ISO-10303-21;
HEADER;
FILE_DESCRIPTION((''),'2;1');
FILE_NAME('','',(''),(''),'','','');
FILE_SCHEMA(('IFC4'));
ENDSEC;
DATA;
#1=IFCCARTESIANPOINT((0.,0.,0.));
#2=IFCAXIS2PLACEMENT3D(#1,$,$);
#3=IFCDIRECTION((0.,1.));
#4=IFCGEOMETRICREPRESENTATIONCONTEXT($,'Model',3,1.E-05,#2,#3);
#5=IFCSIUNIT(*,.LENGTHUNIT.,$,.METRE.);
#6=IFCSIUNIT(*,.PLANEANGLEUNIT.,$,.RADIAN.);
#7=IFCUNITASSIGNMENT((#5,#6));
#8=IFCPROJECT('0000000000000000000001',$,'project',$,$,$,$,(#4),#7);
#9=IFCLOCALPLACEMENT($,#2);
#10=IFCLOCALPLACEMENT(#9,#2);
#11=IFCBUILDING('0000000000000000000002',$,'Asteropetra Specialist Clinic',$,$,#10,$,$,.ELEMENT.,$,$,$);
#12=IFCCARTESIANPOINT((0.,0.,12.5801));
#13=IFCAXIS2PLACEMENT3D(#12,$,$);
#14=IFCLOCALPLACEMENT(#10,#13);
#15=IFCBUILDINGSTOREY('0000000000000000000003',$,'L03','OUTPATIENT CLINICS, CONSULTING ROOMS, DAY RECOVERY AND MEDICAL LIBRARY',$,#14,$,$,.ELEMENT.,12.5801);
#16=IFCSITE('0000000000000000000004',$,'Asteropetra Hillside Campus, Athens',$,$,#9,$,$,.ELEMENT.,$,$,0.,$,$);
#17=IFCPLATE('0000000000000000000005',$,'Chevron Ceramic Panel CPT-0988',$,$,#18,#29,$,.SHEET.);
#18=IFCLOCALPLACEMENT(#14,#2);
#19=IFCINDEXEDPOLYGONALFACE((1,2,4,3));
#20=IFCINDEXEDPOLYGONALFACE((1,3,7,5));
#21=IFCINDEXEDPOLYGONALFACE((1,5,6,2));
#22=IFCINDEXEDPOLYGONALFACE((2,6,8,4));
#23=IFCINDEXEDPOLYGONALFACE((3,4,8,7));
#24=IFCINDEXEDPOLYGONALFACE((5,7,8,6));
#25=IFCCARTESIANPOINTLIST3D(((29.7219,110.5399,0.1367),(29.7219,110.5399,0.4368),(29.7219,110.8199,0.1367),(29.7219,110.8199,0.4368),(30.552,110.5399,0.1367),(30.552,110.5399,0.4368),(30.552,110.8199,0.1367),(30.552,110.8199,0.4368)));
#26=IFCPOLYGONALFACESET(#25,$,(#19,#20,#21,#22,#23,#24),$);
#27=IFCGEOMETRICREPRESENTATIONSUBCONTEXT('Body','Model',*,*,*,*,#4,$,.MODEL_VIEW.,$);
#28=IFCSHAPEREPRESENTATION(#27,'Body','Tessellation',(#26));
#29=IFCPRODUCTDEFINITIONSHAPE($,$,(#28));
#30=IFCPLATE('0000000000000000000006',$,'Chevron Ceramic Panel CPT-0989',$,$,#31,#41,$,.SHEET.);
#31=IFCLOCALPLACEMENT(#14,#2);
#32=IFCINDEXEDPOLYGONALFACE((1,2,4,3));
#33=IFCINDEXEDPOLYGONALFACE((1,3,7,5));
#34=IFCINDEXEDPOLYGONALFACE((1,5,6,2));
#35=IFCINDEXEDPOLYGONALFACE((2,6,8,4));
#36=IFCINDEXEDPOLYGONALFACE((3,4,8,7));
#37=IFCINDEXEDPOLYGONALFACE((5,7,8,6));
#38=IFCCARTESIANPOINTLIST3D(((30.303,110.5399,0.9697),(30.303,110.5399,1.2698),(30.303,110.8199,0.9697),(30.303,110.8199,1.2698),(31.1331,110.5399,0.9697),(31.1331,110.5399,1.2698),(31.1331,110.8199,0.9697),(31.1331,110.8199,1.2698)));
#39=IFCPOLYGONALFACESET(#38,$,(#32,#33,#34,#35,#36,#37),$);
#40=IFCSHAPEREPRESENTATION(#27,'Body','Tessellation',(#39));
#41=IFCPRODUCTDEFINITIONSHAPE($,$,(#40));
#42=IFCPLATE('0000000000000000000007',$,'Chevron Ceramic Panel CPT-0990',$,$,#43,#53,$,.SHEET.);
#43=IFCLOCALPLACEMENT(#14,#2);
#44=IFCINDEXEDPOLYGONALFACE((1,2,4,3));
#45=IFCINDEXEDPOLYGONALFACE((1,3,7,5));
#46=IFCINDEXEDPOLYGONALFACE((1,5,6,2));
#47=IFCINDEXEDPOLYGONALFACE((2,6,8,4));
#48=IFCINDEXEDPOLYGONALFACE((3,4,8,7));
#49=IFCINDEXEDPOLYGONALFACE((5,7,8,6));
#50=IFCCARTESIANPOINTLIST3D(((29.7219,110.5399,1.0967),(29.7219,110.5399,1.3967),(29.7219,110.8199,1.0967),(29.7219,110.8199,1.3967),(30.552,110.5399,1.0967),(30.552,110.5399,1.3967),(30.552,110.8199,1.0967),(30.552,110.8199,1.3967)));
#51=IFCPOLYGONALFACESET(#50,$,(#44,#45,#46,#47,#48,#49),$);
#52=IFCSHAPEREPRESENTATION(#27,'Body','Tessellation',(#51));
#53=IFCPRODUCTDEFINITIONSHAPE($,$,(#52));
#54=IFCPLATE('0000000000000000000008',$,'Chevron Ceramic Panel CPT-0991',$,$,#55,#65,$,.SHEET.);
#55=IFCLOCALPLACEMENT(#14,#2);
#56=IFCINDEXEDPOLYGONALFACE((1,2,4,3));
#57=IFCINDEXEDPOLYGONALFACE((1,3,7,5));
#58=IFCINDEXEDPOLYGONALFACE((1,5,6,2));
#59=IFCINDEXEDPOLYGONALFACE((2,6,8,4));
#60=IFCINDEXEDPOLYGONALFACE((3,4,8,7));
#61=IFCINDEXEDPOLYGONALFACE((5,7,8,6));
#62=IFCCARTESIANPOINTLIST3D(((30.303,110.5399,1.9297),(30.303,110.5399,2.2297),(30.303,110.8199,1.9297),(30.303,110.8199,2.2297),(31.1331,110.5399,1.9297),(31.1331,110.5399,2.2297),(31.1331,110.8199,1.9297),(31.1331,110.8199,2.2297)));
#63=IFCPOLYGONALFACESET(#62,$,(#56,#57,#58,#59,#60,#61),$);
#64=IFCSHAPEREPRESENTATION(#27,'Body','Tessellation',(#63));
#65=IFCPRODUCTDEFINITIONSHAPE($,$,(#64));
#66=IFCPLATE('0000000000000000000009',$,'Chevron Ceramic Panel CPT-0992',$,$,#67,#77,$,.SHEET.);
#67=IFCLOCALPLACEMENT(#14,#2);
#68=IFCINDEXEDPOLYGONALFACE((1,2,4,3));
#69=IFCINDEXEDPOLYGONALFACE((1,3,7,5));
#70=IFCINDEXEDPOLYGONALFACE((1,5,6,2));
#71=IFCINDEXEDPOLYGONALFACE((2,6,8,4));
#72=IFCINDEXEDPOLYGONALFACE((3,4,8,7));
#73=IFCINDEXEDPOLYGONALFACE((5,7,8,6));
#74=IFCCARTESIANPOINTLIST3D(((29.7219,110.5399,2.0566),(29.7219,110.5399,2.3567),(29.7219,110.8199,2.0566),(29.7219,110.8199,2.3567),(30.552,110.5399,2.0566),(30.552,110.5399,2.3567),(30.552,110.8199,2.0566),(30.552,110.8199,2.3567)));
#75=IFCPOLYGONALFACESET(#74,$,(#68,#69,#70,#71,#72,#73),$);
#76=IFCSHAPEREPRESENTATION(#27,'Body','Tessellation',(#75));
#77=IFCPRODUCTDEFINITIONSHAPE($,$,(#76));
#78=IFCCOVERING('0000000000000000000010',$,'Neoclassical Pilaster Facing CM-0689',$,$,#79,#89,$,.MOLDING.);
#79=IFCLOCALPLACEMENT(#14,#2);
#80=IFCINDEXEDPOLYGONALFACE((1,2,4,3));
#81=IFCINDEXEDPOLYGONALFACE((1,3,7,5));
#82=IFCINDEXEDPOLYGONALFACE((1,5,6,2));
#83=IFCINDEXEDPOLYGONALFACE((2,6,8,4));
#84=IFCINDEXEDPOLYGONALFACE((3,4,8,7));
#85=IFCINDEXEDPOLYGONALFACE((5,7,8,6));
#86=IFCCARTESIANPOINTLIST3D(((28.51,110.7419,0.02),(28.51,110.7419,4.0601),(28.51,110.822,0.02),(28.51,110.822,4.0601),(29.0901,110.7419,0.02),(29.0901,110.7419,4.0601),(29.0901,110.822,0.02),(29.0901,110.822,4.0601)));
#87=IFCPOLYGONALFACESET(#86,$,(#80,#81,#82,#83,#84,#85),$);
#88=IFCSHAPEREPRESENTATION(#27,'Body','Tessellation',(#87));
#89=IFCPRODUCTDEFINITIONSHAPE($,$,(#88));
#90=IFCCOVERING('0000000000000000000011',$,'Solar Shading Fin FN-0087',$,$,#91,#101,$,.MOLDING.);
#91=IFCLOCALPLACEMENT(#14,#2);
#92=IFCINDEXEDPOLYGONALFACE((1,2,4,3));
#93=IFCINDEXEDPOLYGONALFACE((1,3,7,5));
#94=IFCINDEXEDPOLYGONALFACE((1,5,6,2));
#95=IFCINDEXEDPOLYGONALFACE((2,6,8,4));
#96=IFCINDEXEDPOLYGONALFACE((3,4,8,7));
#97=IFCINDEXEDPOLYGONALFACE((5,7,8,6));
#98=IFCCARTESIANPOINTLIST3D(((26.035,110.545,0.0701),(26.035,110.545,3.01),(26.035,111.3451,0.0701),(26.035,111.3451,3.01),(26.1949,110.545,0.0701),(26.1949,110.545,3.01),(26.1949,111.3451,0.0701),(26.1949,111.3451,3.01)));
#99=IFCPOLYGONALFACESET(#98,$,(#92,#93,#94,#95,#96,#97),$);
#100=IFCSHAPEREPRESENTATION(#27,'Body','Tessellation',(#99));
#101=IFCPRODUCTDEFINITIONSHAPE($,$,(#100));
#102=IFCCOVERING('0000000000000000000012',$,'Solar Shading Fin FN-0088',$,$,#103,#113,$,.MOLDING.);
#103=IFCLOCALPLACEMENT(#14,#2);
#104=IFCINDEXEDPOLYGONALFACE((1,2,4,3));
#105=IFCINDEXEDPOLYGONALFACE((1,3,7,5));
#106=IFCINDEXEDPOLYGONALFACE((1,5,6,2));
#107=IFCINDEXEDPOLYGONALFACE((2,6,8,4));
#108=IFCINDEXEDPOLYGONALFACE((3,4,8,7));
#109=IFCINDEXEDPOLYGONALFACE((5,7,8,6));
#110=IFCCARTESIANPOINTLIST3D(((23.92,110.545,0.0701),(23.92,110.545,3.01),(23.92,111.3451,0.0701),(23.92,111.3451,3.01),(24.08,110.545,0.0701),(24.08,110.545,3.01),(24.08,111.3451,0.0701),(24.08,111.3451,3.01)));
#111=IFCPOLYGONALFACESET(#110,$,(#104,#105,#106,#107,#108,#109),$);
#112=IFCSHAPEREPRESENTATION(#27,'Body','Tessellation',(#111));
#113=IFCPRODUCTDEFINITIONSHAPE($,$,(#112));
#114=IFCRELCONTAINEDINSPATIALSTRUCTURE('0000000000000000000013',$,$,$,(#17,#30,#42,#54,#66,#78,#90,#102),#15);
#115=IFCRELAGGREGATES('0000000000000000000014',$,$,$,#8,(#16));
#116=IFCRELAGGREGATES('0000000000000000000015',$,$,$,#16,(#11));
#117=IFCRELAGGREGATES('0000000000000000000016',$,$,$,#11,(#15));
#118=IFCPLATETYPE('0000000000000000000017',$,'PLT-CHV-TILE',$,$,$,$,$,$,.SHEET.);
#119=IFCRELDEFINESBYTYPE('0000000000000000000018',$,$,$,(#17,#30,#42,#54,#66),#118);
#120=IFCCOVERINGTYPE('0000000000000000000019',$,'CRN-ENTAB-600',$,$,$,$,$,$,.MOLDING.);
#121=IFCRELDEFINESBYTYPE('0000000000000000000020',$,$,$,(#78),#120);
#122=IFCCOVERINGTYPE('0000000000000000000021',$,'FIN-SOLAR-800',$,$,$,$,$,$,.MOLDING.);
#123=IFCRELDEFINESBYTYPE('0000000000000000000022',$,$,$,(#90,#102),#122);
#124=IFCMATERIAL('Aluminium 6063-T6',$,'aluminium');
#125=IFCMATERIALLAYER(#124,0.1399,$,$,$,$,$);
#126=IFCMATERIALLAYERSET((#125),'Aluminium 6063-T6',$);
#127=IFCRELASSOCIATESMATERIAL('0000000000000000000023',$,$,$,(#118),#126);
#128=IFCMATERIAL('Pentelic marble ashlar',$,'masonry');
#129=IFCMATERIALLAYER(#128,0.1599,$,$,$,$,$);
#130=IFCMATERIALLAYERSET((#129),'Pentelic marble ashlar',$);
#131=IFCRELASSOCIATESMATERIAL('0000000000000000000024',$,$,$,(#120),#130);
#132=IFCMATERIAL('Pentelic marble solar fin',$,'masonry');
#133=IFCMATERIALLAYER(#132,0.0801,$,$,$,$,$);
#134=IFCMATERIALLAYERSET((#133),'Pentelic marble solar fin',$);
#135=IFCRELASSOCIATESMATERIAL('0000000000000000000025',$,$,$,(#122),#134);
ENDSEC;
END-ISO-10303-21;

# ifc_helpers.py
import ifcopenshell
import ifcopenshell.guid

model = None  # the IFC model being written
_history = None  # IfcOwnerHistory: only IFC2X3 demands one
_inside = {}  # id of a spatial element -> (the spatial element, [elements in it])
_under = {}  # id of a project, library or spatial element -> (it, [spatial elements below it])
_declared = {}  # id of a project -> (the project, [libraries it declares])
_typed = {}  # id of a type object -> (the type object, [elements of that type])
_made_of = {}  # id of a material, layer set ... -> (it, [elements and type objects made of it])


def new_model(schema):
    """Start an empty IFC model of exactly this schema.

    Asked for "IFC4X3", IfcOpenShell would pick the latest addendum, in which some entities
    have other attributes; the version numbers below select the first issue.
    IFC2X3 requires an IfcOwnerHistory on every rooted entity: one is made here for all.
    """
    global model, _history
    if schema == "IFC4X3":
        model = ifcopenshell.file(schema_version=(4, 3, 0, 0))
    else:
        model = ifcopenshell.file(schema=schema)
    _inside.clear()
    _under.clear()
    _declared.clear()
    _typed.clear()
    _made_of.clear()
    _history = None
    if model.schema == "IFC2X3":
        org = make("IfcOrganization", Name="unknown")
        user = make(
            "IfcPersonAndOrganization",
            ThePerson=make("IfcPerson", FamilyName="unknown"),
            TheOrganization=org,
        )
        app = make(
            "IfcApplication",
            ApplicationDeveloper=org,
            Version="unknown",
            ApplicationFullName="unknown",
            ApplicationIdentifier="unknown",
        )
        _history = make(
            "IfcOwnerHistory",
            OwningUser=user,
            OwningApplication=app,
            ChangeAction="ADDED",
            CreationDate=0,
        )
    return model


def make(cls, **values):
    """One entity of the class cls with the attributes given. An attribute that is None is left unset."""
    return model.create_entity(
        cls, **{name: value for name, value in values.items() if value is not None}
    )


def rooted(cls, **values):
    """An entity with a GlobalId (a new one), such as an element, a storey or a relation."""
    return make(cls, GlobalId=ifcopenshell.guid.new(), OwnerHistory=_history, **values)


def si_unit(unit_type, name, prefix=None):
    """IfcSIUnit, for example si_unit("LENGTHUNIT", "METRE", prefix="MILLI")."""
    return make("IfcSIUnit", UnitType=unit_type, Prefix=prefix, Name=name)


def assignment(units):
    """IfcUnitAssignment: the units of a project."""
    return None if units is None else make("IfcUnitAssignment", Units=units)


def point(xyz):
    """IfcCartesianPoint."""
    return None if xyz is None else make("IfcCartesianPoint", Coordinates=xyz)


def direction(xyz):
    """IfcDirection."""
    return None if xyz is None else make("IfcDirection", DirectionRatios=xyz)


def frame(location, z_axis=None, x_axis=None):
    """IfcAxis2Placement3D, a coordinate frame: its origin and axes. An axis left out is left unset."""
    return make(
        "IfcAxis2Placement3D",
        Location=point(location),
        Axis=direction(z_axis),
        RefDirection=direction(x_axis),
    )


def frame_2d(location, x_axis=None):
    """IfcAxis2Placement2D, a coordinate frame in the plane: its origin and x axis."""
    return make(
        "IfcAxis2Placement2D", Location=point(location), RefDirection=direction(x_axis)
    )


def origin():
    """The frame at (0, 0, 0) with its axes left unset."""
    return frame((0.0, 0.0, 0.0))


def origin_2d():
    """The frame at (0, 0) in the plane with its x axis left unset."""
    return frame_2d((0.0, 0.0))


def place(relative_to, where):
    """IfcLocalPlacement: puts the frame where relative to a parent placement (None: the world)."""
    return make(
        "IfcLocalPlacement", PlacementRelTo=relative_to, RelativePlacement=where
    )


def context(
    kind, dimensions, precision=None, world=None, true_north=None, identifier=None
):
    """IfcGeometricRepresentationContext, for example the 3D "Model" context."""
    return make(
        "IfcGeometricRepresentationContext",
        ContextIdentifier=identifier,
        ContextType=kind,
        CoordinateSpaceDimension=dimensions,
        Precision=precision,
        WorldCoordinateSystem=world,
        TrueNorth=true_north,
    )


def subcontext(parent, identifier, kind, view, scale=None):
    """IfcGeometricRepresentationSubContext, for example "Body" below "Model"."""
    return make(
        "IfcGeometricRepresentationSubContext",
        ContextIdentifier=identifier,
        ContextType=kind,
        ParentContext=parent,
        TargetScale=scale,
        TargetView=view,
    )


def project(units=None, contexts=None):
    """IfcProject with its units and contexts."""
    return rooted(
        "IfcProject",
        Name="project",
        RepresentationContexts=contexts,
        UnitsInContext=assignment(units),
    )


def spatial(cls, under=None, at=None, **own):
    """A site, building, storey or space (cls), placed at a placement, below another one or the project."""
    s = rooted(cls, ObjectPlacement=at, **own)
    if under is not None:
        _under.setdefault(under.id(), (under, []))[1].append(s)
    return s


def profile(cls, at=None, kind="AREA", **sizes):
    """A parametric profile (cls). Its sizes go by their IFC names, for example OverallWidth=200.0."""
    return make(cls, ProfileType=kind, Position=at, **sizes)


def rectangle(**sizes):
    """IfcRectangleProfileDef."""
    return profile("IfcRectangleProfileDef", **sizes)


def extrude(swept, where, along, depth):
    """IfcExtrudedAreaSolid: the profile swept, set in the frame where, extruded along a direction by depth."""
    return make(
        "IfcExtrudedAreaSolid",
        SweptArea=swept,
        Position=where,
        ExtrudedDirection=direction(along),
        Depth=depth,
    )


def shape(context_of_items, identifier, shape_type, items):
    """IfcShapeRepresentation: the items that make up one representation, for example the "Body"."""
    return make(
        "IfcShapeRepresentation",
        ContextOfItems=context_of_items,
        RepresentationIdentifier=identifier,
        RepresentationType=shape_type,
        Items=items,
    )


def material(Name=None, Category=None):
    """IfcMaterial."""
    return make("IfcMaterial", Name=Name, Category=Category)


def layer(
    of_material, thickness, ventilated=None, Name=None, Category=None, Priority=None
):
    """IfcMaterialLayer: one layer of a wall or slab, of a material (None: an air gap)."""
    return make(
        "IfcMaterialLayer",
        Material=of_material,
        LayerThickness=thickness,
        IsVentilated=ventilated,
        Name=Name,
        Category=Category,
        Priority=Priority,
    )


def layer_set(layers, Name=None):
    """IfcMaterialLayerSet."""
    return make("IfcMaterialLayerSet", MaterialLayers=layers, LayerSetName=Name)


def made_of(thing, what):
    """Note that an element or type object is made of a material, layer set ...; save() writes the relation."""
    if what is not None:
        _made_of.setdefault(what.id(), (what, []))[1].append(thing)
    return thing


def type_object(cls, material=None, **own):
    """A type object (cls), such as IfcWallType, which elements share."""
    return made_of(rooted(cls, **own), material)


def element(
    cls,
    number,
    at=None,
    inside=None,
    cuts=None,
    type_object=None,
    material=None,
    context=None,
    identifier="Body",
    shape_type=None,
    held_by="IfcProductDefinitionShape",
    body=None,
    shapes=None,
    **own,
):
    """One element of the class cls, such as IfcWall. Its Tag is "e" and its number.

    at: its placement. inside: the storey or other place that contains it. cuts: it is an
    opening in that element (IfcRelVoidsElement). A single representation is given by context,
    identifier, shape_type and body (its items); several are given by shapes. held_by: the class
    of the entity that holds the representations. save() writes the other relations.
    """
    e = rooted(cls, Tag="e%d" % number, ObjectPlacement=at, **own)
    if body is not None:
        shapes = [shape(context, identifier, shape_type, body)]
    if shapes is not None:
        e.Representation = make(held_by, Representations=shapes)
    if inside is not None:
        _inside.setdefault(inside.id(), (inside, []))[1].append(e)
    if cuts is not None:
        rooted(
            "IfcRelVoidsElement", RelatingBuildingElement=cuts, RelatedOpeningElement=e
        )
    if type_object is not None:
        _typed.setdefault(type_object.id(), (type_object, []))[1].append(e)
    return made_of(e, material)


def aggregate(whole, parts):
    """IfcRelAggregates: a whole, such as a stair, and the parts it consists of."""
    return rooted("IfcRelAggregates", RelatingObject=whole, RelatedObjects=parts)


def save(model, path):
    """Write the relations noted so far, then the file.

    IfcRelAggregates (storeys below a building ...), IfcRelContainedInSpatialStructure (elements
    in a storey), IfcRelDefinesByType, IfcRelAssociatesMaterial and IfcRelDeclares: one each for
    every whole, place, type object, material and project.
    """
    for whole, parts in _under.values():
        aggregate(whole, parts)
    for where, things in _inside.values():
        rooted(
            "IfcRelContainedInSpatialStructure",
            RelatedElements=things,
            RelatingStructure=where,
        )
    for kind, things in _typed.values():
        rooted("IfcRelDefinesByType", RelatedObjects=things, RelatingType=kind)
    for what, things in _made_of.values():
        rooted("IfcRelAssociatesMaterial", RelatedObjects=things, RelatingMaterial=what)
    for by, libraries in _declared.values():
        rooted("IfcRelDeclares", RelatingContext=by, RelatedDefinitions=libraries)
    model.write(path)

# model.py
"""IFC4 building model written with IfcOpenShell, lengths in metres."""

from ifc_helpers import new_model, si_unit, direction, frame, origin, origin_2d, place, context, subcontext, project, spatial, rectangle, extrude, material, layer, layer_set, type_object, element, save


model = new_model("IFC4")

# Units and contexts
model_context = context("Model", 3, precision=1e-05, world=origin(), true_north=direction((0.0, 1.0)))
body_context = subcontext(model_context, "Body", "Model", "MODEL_VIEW")
ifc_project = project(units=[si_unit("LENGTHUNIT", "METRE"), si_unit("PLANEANGLEUNIT", "RADIAN")], contexts=[model_context])

# Site, building, storey
site_placement = place(None, origin())
site = spatial("IfcSite", under=ifc_project, at=site_placement, Name="Asteropetra Hillside Campus, Athens", CompositionType="ELEMENT", RefElevation=0.0)
building_placement = place(site_placement, origin())
building = spatial("IfcBuilding", under=site, at=building_placement, Name="Asteropetra Specialist Clinic", CompositionType="ELEMENT")
storey_placement = place(building_placement, frame((0.0, 0.0, 12.5801)))
storey = spatial("IfcBuildingStorey", under=building, at=storey_placement, Name="L03", Description="OUTPATIENT CLINICS, CONSULTING ROOMS, DAY RECOVERY AND MEDICAL LIBRARY", CompositionType="ELEMENT", Elevation=12.5801)

# Plates
ifc_material_1 = material(Name="Aluminium 6063-T6", Category="aluminium")
ifc_layer_1 = layer(ifc_material_1, 0.1399)
ifc_layer_set_1 = layer_set([ifc_layer_1], Name="Aluminium 6063-T6")
plate_type_1 = type_object("IfcPlateType", Name="PLT-CHV-TILE", PredefinedType="SHEET", material=ifc_layer_set_1)
for number, where, z_axis, x_axis, name in (
    (1, (30.137, 110.6799, 0.1367), (0.0, 0.0, 1.0), (1.0, 0.0, 0.0), "Chevron Ceramic Panel CPT-0988"),
    (2, (30.718, 110.6799, 0.9697), (0.0, 0.0, 1.0), (1.0, 0.0, 0.0), "Chevron Ceramic Panel CPT-0989"),
    (3, (30.137, 110.6799, 1.0967), (0.0, 0.0, 1.0), (1.0, 0.0, 0.0), "Chevron Ceramic Panel CPT-0990"),
    (4, (30.718, 110.6799, 1.9297), (0.0, 0.0, 1.0), (1.0, 0.0, 0.0), "Chevron Ceramic Panel CPT-0991"),
    (5, (30.137, 110.6799, 2.0566), (0.0, 0.0, 1.0), (1.0, 0.0, 0.0), "Chevron Ceramic Panel CPT-0992"),
):
    element("IfcPlate", number, at=place(storey_placement, frame(where, z_axis=z_axis, x_axis=x_axis)), inside=storey, type_object=plate_type_1, Name=name, PredefinedType="SHEET", context=body_context, shape_type="SweptSolid", body=[
        extrude(rectangle(XDim=0.8301, YDim=0.28, at=origin_2d()), origin(), (0.0, 0.0, 1.0), 0.3),
    ])

# Coverings
ifc_material_2 = material(Name="Pentelic marble ashlar", Category="masonry")
ifc_layer_2 = layer(ifc_material_2, 0.1599)
ifc_layer_set_2 = layer_set([ifc_layer_2], Name="Pentelic marble ashlar")
covering_type_1 = type_object("IfcCoveringType", Name="CRN-ENTAB-600", PredefinedType="MOLDING", material=ifc_layer_set_2)
covering_placement = place(storey_placement, frame((28.8, 110.782, 0.02), z_axis=(0.0, 0.0, 1.0), x_axis=(1.0, 0.0, 0.0)))
element("IfcCovering", 6, at=covering_placement, inside=storey, type_object=covering_type_1, Name="Neoclassical Pilaster Facing CM-0689", PredefinedType="MOLDING", context=body_context, shape_type="SweptSolid", body=[
    extrude(rectangle(XDim=0.5801, YDim=0.0801, at=origin_2d()), origin(), (0.0, 0.0, 1.0), 4.04),
])
ifc_material_3 = material(Name="Pentelic marble solar fin", Category="masonry")
ifc_layer_3 = layer(ifc_material_3, 0.0801)
ifc_layer_set_3 = layer_set([ifc_layer_3], Name="Pentelic marble solar fin")
covering_type_2 = type_object("IfcCoveringType", Name="FIN-SOLAR-800", PredefinedType="MOLDING", material=ifc_layer_set_3)
for number, where, z_axis, x_axis, name in (
    (7, (26.115, 110.9451, 0.0701), (0.0, 0.0, 1.0), (1.0, 0.0, 0.0), "Solar Shading Fin FN-0087"),
    (8, (24.0, 110.9451, 0.0701), (0.0, 0.0, 1.0), (1.0, 0.0, 0.0), "Solar Shading Fin FN-0088"),
):
    element("IfcCovering", number, at=place(storey_placement, frame(where, z_axis=z_axis, x_axis=x_axis)), inside=storey, type_object=covering_type_2, Name=name, PredefinedType="MOLDING", context=body_context, shape_type="SweptSolid", body=[
        extrude(rectangle(XDim=0.1599, YDim=0.8, at=origin_2d()), origin(), (0.0, 0.0, 1.0), 2.9399),
    ])

save(model, "model.ifc")
